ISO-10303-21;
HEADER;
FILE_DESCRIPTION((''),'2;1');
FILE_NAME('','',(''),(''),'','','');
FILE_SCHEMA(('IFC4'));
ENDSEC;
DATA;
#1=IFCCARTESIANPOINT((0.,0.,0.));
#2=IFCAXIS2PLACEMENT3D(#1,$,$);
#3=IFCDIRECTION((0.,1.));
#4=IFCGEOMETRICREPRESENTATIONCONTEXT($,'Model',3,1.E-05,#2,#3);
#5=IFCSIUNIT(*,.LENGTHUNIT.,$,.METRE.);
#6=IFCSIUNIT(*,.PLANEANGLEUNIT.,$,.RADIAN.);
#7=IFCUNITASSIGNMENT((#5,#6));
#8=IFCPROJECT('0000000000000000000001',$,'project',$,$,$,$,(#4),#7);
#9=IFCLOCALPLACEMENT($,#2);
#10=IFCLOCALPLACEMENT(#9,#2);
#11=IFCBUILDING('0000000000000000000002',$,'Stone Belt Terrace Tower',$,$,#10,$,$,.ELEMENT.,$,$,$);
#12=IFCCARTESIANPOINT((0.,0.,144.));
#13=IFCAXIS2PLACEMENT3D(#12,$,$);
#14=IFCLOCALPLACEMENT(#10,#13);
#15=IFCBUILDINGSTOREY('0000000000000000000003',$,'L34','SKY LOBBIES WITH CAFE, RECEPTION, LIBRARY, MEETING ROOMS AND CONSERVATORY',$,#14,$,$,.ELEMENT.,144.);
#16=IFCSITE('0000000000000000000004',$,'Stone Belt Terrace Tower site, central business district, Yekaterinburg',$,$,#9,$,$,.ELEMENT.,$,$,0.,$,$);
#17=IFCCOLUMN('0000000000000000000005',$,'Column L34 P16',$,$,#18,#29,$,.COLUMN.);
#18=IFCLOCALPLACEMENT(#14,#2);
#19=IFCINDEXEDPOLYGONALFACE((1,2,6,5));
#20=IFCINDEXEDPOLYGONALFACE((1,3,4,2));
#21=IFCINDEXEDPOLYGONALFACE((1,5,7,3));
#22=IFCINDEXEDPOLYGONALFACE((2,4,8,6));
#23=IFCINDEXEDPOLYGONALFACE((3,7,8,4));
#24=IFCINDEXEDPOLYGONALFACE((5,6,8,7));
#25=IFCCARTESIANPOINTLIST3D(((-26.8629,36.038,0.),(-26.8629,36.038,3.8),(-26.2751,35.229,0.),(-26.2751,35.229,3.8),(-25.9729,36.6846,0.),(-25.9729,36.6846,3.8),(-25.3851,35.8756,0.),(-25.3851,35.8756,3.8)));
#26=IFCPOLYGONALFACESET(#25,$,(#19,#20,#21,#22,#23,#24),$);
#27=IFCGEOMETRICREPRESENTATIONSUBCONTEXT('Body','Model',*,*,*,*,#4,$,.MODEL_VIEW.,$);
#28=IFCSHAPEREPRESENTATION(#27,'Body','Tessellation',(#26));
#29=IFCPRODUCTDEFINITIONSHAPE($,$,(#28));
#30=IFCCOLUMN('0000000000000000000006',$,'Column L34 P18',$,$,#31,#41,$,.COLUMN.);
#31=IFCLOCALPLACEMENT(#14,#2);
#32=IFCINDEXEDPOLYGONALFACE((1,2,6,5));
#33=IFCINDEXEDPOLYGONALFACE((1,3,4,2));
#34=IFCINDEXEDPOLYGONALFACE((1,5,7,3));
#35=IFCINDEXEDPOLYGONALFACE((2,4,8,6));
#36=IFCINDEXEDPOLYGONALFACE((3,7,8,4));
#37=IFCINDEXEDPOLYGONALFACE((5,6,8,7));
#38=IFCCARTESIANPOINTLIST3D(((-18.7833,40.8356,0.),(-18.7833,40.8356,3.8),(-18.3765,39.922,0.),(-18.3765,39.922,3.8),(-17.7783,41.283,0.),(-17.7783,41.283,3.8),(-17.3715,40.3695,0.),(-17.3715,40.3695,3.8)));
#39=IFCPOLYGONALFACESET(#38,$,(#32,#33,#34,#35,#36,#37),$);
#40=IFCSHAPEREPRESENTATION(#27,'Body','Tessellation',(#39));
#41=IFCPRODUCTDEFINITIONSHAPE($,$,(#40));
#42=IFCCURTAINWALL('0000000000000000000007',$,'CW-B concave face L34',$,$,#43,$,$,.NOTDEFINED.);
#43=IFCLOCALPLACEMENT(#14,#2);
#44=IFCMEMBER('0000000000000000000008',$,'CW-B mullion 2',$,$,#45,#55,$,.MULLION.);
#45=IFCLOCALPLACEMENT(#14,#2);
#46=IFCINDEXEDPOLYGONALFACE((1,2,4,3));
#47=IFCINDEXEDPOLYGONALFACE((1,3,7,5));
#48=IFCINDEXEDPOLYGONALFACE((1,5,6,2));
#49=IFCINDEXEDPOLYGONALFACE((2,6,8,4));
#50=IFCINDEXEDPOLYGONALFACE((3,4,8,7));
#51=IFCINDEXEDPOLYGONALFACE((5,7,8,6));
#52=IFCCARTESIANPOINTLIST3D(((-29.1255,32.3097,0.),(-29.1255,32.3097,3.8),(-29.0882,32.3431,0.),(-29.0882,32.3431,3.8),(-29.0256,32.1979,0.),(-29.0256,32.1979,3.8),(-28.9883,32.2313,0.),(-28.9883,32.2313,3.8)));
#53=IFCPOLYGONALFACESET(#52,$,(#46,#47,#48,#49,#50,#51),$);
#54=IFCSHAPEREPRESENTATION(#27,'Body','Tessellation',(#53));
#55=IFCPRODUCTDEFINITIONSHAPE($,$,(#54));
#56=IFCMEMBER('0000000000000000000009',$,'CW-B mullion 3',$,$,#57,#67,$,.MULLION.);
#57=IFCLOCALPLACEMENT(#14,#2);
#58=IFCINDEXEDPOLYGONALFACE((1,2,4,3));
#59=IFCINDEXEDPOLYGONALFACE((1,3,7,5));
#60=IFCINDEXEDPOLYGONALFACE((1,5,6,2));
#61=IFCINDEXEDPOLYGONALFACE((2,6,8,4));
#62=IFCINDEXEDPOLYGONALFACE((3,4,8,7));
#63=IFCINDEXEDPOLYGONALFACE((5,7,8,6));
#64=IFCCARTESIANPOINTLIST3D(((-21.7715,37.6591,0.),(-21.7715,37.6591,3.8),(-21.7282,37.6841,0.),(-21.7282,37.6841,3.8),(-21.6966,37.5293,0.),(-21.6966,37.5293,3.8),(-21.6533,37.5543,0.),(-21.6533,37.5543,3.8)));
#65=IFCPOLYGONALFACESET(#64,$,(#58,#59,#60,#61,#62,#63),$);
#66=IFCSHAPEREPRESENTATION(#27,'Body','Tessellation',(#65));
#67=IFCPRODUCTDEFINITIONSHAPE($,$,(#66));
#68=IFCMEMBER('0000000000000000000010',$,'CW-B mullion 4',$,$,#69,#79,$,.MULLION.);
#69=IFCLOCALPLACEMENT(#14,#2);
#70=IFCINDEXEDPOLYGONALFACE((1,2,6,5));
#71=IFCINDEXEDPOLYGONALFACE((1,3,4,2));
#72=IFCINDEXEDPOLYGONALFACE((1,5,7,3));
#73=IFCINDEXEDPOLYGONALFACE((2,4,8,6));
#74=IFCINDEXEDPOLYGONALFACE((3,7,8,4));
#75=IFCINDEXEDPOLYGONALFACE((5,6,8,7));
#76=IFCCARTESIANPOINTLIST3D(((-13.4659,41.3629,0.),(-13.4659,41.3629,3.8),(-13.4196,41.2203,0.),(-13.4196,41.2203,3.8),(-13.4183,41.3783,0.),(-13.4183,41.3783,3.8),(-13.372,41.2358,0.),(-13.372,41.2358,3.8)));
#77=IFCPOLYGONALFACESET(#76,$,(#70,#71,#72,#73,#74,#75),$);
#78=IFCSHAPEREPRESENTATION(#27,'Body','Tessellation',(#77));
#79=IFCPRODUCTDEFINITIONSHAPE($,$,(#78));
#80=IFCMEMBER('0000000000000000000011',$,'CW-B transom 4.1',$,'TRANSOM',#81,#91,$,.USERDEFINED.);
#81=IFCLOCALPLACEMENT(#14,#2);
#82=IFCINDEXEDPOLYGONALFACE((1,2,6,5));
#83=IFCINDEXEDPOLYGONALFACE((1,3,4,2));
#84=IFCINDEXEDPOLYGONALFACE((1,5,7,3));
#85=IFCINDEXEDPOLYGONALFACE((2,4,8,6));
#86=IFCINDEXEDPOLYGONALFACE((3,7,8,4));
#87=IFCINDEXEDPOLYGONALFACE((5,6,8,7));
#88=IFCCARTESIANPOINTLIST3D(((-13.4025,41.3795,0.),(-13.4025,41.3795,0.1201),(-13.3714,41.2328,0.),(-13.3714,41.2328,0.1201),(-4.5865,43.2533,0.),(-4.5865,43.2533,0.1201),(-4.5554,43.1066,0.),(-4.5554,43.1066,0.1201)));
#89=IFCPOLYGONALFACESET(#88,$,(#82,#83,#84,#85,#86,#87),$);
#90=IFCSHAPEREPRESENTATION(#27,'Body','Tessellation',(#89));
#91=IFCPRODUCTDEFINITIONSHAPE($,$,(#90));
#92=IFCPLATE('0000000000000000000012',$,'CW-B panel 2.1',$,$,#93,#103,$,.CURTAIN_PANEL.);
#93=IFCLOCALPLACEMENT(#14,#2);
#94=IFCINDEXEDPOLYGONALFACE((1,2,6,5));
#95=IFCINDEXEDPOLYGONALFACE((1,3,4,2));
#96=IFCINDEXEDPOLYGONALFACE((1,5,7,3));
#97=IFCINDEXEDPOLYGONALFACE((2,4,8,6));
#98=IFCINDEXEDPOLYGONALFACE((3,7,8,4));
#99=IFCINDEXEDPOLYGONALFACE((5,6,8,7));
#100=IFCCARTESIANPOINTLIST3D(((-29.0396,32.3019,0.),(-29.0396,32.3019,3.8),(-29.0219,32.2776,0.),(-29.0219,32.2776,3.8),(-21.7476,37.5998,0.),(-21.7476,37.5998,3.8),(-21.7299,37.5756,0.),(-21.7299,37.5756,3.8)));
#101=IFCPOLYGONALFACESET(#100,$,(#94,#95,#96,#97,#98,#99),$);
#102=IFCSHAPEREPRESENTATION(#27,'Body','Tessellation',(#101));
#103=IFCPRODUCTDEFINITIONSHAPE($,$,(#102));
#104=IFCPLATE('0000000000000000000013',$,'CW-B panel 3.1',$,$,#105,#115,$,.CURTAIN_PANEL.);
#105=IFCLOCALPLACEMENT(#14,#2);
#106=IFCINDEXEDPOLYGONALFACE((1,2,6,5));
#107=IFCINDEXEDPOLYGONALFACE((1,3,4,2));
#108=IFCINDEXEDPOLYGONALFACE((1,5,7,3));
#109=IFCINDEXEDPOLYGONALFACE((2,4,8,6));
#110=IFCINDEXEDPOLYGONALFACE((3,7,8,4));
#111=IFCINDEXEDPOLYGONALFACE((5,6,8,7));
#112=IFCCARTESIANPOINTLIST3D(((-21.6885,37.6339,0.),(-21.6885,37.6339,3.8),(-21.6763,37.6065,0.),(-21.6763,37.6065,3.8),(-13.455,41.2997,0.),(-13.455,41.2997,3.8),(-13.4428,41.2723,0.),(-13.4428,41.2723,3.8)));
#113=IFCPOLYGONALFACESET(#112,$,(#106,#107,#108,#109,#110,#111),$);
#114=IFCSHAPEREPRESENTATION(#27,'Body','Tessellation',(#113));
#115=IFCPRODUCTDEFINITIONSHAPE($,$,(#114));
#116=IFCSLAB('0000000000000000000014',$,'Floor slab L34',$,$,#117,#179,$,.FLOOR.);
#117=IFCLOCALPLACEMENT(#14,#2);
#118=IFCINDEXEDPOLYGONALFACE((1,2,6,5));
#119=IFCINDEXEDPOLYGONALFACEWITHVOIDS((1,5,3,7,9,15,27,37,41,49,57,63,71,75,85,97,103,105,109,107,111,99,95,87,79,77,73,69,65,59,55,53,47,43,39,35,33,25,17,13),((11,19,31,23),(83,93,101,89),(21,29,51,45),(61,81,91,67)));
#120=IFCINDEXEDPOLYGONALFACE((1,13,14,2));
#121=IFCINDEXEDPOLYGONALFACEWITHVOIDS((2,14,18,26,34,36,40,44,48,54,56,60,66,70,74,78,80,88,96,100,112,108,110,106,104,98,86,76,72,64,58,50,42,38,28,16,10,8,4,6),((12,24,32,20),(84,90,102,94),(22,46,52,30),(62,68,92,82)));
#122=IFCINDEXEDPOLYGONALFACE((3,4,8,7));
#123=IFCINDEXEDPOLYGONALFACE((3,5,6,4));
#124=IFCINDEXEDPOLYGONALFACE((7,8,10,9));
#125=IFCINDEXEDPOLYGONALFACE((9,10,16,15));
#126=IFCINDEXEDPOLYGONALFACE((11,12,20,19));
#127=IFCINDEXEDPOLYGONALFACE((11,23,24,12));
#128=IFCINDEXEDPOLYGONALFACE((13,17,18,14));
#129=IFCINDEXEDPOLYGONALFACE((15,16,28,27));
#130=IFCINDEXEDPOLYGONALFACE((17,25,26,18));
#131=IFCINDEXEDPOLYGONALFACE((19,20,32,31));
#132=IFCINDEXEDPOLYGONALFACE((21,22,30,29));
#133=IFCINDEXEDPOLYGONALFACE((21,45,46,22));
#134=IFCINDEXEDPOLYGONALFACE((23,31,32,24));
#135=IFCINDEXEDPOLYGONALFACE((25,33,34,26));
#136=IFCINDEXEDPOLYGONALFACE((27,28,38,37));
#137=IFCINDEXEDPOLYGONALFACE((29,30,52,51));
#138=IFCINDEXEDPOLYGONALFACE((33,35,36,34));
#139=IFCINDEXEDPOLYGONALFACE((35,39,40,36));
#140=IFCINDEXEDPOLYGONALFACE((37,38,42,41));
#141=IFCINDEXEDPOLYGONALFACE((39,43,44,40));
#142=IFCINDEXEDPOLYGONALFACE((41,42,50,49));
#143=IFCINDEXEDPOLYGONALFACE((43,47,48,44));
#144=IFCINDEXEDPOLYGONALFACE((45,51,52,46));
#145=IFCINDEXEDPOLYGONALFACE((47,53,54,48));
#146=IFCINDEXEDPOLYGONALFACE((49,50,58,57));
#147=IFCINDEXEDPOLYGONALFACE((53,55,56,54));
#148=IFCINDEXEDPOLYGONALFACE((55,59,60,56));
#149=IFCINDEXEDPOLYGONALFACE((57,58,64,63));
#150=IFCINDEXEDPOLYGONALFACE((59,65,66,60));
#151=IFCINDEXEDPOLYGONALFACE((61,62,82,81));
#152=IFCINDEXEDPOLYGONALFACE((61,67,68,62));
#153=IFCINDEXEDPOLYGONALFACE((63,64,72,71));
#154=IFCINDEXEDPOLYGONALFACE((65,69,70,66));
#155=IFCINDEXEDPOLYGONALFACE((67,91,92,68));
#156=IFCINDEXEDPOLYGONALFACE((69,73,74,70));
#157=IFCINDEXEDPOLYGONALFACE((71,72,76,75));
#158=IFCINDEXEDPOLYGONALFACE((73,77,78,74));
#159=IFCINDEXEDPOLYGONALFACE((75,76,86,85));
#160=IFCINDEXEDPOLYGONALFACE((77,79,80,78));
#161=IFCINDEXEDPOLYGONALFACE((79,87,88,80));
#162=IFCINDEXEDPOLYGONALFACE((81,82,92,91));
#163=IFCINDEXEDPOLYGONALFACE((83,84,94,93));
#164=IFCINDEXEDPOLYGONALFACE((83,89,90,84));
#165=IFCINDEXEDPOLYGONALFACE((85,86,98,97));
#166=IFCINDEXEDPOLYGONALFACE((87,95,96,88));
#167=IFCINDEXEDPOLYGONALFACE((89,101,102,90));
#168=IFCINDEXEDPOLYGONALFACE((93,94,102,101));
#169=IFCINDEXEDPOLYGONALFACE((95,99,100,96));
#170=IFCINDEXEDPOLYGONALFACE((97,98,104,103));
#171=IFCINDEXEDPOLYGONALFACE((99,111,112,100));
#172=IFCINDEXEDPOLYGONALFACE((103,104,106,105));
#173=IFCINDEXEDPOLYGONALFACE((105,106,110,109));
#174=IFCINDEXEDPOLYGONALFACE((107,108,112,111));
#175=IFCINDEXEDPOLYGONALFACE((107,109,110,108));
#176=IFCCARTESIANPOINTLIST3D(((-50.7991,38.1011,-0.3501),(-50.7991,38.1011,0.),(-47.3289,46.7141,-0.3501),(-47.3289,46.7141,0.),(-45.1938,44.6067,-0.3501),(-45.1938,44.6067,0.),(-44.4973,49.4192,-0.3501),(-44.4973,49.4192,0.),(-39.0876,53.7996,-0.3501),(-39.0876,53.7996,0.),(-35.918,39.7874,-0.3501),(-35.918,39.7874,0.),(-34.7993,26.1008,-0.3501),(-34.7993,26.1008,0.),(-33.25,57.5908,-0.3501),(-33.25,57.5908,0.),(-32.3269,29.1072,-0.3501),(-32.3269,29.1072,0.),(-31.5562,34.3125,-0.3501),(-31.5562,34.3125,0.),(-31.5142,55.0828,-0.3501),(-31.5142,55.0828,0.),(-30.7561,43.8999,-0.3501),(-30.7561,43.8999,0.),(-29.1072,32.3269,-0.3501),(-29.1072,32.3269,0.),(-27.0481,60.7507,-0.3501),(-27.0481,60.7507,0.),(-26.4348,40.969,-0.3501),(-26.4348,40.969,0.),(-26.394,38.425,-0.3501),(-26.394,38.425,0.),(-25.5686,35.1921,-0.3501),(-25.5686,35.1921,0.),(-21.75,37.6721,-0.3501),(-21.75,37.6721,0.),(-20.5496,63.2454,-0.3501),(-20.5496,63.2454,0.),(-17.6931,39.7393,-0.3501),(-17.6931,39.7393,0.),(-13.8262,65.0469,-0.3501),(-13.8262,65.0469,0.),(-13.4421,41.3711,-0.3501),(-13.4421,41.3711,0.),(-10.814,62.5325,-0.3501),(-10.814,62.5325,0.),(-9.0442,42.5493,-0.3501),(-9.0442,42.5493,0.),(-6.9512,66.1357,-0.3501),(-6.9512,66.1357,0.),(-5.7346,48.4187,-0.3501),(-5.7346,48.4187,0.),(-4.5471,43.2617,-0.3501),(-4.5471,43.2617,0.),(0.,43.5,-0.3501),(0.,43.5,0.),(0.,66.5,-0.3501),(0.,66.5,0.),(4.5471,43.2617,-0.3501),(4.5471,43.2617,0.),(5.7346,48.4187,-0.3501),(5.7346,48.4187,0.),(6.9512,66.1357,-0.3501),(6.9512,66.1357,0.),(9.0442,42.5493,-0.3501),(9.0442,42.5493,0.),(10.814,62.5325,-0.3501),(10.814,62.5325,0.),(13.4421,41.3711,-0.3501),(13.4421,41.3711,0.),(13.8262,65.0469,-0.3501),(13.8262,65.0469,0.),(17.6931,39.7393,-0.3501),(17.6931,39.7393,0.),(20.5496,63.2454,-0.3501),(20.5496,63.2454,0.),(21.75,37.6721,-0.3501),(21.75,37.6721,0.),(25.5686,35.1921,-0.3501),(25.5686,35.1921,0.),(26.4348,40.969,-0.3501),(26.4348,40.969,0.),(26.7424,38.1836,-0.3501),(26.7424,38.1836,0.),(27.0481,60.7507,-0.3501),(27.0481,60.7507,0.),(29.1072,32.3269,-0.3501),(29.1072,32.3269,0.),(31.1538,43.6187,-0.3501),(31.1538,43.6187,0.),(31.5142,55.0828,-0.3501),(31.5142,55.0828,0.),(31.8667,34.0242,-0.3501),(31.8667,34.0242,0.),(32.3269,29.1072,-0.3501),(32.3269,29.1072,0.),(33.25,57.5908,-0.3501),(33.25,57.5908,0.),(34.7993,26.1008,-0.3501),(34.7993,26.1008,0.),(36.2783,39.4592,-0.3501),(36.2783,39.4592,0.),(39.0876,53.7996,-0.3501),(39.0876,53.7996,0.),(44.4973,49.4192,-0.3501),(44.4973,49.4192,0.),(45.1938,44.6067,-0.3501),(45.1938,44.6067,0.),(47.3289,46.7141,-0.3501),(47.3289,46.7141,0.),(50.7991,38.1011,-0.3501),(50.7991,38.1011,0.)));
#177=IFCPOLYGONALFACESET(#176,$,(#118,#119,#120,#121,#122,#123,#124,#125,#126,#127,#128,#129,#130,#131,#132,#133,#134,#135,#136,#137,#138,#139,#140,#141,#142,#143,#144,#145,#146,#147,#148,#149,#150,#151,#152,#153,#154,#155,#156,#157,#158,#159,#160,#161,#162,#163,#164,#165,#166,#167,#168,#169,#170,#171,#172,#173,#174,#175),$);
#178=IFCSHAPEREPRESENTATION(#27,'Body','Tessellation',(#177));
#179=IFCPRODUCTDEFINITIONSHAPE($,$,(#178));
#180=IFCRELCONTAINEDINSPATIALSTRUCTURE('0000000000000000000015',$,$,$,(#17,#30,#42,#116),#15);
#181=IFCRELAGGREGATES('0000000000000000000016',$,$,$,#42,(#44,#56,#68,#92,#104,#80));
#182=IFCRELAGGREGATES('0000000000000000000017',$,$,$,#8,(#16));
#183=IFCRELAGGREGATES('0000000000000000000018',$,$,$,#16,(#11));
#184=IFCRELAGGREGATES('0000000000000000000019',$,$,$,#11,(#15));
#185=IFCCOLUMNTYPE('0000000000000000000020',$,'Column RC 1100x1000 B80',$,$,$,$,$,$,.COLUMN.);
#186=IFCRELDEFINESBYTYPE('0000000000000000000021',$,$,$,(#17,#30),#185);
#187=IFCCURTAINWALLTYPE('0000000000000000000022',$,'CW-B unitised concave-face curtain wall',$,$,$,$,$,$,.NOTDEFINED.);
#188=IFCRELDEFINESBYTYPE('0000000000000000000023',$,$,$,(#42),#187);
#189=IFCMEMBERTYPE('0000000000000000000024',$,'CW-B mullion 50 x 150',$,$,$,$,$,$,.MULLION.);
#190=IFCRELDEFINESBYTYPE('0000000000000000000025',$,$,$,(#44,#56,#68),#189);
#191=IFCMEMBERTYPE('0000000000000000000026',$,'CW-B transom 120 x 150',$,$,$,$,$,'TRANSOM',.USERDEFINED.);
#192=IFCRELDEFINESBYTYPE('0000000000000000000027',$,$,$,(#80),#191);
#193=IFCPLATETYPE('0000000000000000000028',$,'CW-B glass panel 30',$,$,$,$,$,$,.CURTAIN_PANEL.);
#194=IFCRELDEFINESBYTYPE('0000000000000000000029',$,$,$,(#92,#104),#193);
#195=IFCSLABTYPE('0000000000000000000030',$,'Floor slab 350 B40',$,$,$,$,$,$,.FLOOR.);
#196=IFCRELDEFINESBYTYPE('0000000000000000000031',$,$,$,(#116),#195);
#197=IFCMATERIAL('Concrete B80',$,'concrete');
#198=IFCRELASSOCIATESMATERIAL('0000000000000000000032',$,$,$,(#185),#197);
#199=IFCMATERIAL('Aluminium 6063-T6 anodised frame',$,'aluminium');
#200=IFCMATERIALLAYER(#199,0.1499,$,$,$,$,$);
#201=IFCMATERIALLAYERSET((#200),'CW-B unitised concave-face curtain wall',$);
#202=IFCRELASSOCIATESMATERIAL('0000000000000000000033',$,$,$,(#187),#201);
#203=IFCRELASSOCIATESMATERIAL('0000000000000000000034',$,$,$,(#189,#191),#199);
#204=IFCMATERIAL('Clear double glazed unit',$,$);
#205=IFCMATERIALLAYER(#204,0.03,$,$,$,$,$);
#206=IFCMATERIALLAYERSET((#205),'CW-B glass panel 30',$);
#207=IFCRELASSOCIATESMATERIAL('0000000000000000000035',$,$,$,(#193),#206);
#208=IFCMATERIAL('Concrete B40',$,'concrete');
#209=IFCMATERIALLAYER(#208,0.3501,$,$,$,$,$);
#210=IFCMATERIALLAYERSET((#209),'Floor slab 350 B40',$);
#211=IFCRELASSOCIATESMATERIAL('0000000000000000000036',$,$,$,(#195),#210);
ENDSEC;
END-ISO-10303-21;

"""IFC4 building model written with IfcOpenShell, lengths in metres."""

from ifc_helpers import new_model, si_unit, direction, frame, origin, origin_2d, place, context, subcontext, project, spatial, polyline, rectangle, outline, extrude, material, layer, layer_set, material_profile, profile_set, type_object, element, aggregate, save


model = new_model("IFC4")

# Units and contexts
model_context = context("Model", 3, precision=1e-05, world=origin(), true_north=direction((0.0, 1.0)))
body_context = subcontext(model_context, "Body", "Model", "MODEL_VIEW")
ifc_project = project(units=[si_unit("LENGTHUNIT", "METRE"), si_unit("PLANEANGLEUNIT", "RADIAN")], contexts=[model_context])

# Site, building, storey
site_placement = place(None, origin())
site = spatial("IfcSite", under=ifc_project, at=site_placement, Name="Stone Belt Terrace Tower site, central business district, Yekaterinburg", CompositionType="ELEMENT", RefElevation=0.0)
building_placement = place(site_placement, origin())
building = spatial("IfcBuilding", under=site, at=building_placement, Name="Stone Belt Terrace Tower", CompositionType="ELEMENT")
storey_placement = place(building_placement, frame((0.0, 0.0, 144.0)))
storey = spatial("IfcBuildingStorey", under=building, at=storey_placement, Name="L34", Description="SKY LOBBIES WITH CAFE, RECEPTION, LIBRARY, MEETING ROOMS AND CONSERVATORY", CompositionType="ELEMENT", Elevation=144.0)

# Columns
ifc_material_1 = material(Name="Concrete B80", Category="concrete")
ifc_material_profile_1 = material_profile(ifc_material_1, rectangle(XDim=1.1001, YDim=1.0, at=origin_2d()), Name="RC 1100x1000")
ifc_profile_set_1 = profile_set([ifc_material_profile_1], Name="Concrete B80")
column_type = type_object("IfcColumnType", Name="Column RC 1100x1000 B80", PredefinedType="COLUMN", material=ifc_profile_set_1)
for number, where, z_axis, x_axis, name in (
    (1, (-26.124, 35.9568, 0.0), (0.0, 0.0, 1.0), (0.809017, 0.587785, 0.0), "Column L34 P16"),
    (2, (-18.0774, 40.6025, 0.0), (0.0, 0.0, 1.0), (0.913545, 0.406737, 0.0), "Column L34 P18"),
):
    element("IfcColumn", number, at=place(storey_placement, frame(where, z_axis=z_axis, x_axis=x_axis)), inside=storey, type_object=column_type, Name=name, PredefinedType="COLUMN", context=body_context, shape_type="SweptSolid", body=[
        extrude(rectangle(XDim=1.1001, YDim=1.0, at=origin_2d()), origin(), (0.0, 0.0, 1.0), 3.8),
    ])

# Curtain wall, members, plates
ifc_material_2 = material(Name="Aluminium 6063-T6 anodised frame", Category="aluminium")
ifc_layer_1 = layer(ifc_material_2, 0.1499)
ifc_layer_set_1 = layer_set([ifc_layer_1], Name="CW-B unitised concave-face curtain wall")
curtain_wall_type = type_object("IfcCurtainWallType", Name="CW-B unitised concave-face curtain wall", PredefinedType="NOTDEFINED", material=ifc_layer_set_1)
curtain_wall_placement = place(storey_placement, origin())
curtain_wall = element("IfcCurtainWall", 3, at=curtain_wall_placement, inside=storey, type_object=curtain_wall_type, Name="CW-B concave face L34", PredefinedType="NOTDEFINED")
ifc_material_profile_2 = material_profile(ifc_material_2, rectangle(XDim=0.1499, YDim=0.05, at=origin_2d()), Name="Aluminium 6063-T6 50x150")
ifc_profile_set_2 = profile_set([ifc_material_profile_2], Name="Aluminium 6063-T6 anodised frame")
member_type_1 = type_object("IfcMemberType", Name="CW-B mullion 50 x 150", PredefinedType="MULLION", material=ifc_profile_set_2)
member_1_placement = place(storey_placement, frame((-29.0569, 32.2705, 0.0), z_axis=(0.0, 0.0, 1.0), x_axis=(-0.666301, 0.745683, 0.0)))
member_1 = element("IfcMember", 4, at=member_1_placement, type_object=member_type_1, Name="CW-B mullion 2", PredefinedType="MULLION", context=body_context, shape_type="SweptSolid", body=[
    extrude(rectangle(XDim=0.1499, YDim=0.05, at=origin_2d()), origin(), (0.0, 0.0, 1.0), 3.8),
])
member_2_placement = place(storey_placement, frame((-21.7124, 37.6067, 0.0), z_axis=(0.0, 0.0, 1.0), x_axis=(-0.5, 0.866025, 0.0)))
member_2 = element("IfcMember", 5, at=member_2_placement, type_object=member_type_1, Name="CW-B mullion 3", PredefinedType="MULLION", context=body_context, shape_type="SweptSolid", body=[
    extrude(rectangle(XDim=0.1499, YDim=0.05, at=origin_2d()), origin(), (0.0, 0.0, 1.0), 3.8),
])
member_3_placement = place(storey_placement, frame((-13.4189, 41.2993, 0.0), z_axis=(0.0, 0.0, 1.0), x_axis=(-0.309017, 0.951057, 0.0)))
member_3 = element("IfcMember", 6, at=member_3_placement, type_object=member_type_1, Name="CW-B mullion 4", PredefinedType="MULLION", context=body_context, shape_type="SweptSolid", body=[
    extrude(rectangle(XDim=0.1499, YDim=0.05, at=origin_2d()), origin(), (0.0, 0.0, 1.0), 3.8),
])
ifc_material_profile_3 = material_profile(ifc_material_2, rectangle(XDim=0.1499, YDim=0.1201, at=origin_2d()), Name="Aluminium 6063-T6 150x120")
ifc_profile_set_3 = profile_set([ifc_material_profile_3], Name="Aluminium 6063-T6 anodised frame")
member_type_2 = type_object("IfcMemberType", Name="CW-B transom 120 x 150", ElementType="TRANSOM", PredefinedType="USERDEFINED", material=ifc_profile_set_3)
member_4_placement = place(storey_placement, frame((-13.387, 41.3062, 0.0601), z_axis=(0.97815, 0.207901, 0.0), x_axis=(-0.207901, 0.97815, 0.0)))
member_4 = element("IfcMember", 7, at=member_4_placement, type_object=member_type_2, Name="CW-B transom 4.1", ObjectType="TRANSOM", PredefinedType="USERDEFINED", context=body_context, shape_type="SweptSolid", body=[
    extrude(rectangle(XDim=0.1499, YDim=0.1201, at=origin_2d()), origin(), (0.0, 0.0, 1.0), 9.0129),
])
ifc_material_3 = material(Name="Clear double glazed unit")
ifc_layer_2 = layer(ifc_material_3, 0.03)
ifc_layer_set_2 = layer_set([ifc_layer_2], Name="CW-B glass panel 30")
plate_type = type_object("IfcPlateType", Name="CW-B glass panel 30", PredefinedType="CURTAIN_PANEL", material=ifc_layer_set_2)
plate_1_placement = place(storey_placement, frame((-25.3848, 34.9387, 0.0), z_axis=(0.0, 0.0, 1.0), x_axis=(0.809017, 0.587785, 0.0)))
plate_1 = element("IfcPlate", 8, at=plate_1_placement, type_object=plate_type, Name="CW-B panel 2.1", PredefinedType="CURTAIN_PANEL", context=body_context, shape_type="SweptSolid", body=[
    extrude(rectangle(XDim=9.0134, YDim=0.03, at=origin_2d()), origin(), (0.0, 0.0, 1.0), 3.8),
])
plate_2_placement = place(storey_placement, frame((-17.5657, 39.4531, 0.0), z_axis=(0.0, 0.0, 1.0), x_axis=(0.913545, 0.406737, 0.0)))
plate_2 = element("IfcPlate", 9, at=plate_2_placement, type_object=plate_type, Name="CW-B panel 3.1", PredefinedType="CURTAIN_PANEL", context=body_context, shape_type="SweptSolid", body=[
    extrude(rectangle(XDim=9.0127, YDim=0.03, at=origin_2d()), origin(), (0.0, 0.0, 1.0), 3.8),
])
aggregate(curtain_wall, [member_1, member_2, member_3, plate_1, plate_2, member_4])

# Slab
ifc_material_4 = material(Name="Concrete B40", Category="concrete")
ifc_layer_3 = layer(ifc_material_4, 0.3501)
ifc_layer_set_3 = layer_set([ifc_layer_3], Name="Floor slab 350 B40")
slab_type_1 = type_object("IfcSlabType", Name="Floor slab 350 B40", PredefinedType="FLOOR", material=ifc_layer_set_3)
slab_1_placement = place(storey_placement, frame((0.0, 0.0, -0.3501)))
element("IfcSlab", 10, at=slab_1_placement, inside=storey, type_object=slab_type_1, Name="Floor slab L34", PredefinedType="FLOOR", context=body_context, shape_type="SweptSolid", body=[
    extrude(outline(polyline([(-44.4973, 49.4192), (-39.0876, 53.7996), (-33.25, 57.5908), (-27.0481, 60.7507), (-20.5496, 63.2454), (-13.8262, 65.0469), (-6.9512, 66.1357), (0.0, 66.5), (6.9512, 66.1357), (13.8262, 65.0469), (20.5496, 63.2454), (27.0481, 60.7507), (33.25, 57.5908), (39.0876, 53.7996), (44.4973, 49.4192), (47.3289, 46.7141), (45.1938, 44.6067), (50.7991, 38.1011), (34.7993, 26.1008), (32.3269, 29.1072), (29.1072, 32.3269), (25.5686, 35.1921), (21.75, 37.6721), (17.6931, 39.7393), (13.4421, 41.3711), (9.0442, 42.5493), (4.5471, 43.2617), (0.0, 43.5), (-4.5471, 43.2617), (-9.0442, 42.5493), (-13.4421, 41.3711), (-17.6931, 39.7393), (-21.75, 37.6721), (-25.5686, 35.1921), (-29.1072, 32.3269), (-32.3269, 29.1072), (-34.7993, 26.1008), (-50.7991, 38.1011), (-45.1938, 44.6067), (-47.3289, 46.7141), (-44.4973, 49.4192)]), holes=[polyline([(-26.4348, 40.969), (-5.7346, 48.4187), (-10.814, 62.5325), (-31.5142, 55.0828), (-26.4348, 40.969)]), polyline([(10.814, 62.5325), (5.7346, 48.4187), (26.4348, 40.969), (31.5142, 55.0828), (10.814, 62.5325)]), polyline([(-35.918, 39.7874), (-31.5562, 34.3125), (-26.394, 38.425), (-30.7561, 43.8999), (-35.918, 39.7874)]), polyline([(36.2783, 39.4592), (31.1538, 43.6187), (26.7424, 38.1836), (31.8667, 34.0242), (36.2783, 39.4592)])]), origin(), (0.0, 0.0, 1.0), 0.3501),
])

save(model, "model.ifc")
